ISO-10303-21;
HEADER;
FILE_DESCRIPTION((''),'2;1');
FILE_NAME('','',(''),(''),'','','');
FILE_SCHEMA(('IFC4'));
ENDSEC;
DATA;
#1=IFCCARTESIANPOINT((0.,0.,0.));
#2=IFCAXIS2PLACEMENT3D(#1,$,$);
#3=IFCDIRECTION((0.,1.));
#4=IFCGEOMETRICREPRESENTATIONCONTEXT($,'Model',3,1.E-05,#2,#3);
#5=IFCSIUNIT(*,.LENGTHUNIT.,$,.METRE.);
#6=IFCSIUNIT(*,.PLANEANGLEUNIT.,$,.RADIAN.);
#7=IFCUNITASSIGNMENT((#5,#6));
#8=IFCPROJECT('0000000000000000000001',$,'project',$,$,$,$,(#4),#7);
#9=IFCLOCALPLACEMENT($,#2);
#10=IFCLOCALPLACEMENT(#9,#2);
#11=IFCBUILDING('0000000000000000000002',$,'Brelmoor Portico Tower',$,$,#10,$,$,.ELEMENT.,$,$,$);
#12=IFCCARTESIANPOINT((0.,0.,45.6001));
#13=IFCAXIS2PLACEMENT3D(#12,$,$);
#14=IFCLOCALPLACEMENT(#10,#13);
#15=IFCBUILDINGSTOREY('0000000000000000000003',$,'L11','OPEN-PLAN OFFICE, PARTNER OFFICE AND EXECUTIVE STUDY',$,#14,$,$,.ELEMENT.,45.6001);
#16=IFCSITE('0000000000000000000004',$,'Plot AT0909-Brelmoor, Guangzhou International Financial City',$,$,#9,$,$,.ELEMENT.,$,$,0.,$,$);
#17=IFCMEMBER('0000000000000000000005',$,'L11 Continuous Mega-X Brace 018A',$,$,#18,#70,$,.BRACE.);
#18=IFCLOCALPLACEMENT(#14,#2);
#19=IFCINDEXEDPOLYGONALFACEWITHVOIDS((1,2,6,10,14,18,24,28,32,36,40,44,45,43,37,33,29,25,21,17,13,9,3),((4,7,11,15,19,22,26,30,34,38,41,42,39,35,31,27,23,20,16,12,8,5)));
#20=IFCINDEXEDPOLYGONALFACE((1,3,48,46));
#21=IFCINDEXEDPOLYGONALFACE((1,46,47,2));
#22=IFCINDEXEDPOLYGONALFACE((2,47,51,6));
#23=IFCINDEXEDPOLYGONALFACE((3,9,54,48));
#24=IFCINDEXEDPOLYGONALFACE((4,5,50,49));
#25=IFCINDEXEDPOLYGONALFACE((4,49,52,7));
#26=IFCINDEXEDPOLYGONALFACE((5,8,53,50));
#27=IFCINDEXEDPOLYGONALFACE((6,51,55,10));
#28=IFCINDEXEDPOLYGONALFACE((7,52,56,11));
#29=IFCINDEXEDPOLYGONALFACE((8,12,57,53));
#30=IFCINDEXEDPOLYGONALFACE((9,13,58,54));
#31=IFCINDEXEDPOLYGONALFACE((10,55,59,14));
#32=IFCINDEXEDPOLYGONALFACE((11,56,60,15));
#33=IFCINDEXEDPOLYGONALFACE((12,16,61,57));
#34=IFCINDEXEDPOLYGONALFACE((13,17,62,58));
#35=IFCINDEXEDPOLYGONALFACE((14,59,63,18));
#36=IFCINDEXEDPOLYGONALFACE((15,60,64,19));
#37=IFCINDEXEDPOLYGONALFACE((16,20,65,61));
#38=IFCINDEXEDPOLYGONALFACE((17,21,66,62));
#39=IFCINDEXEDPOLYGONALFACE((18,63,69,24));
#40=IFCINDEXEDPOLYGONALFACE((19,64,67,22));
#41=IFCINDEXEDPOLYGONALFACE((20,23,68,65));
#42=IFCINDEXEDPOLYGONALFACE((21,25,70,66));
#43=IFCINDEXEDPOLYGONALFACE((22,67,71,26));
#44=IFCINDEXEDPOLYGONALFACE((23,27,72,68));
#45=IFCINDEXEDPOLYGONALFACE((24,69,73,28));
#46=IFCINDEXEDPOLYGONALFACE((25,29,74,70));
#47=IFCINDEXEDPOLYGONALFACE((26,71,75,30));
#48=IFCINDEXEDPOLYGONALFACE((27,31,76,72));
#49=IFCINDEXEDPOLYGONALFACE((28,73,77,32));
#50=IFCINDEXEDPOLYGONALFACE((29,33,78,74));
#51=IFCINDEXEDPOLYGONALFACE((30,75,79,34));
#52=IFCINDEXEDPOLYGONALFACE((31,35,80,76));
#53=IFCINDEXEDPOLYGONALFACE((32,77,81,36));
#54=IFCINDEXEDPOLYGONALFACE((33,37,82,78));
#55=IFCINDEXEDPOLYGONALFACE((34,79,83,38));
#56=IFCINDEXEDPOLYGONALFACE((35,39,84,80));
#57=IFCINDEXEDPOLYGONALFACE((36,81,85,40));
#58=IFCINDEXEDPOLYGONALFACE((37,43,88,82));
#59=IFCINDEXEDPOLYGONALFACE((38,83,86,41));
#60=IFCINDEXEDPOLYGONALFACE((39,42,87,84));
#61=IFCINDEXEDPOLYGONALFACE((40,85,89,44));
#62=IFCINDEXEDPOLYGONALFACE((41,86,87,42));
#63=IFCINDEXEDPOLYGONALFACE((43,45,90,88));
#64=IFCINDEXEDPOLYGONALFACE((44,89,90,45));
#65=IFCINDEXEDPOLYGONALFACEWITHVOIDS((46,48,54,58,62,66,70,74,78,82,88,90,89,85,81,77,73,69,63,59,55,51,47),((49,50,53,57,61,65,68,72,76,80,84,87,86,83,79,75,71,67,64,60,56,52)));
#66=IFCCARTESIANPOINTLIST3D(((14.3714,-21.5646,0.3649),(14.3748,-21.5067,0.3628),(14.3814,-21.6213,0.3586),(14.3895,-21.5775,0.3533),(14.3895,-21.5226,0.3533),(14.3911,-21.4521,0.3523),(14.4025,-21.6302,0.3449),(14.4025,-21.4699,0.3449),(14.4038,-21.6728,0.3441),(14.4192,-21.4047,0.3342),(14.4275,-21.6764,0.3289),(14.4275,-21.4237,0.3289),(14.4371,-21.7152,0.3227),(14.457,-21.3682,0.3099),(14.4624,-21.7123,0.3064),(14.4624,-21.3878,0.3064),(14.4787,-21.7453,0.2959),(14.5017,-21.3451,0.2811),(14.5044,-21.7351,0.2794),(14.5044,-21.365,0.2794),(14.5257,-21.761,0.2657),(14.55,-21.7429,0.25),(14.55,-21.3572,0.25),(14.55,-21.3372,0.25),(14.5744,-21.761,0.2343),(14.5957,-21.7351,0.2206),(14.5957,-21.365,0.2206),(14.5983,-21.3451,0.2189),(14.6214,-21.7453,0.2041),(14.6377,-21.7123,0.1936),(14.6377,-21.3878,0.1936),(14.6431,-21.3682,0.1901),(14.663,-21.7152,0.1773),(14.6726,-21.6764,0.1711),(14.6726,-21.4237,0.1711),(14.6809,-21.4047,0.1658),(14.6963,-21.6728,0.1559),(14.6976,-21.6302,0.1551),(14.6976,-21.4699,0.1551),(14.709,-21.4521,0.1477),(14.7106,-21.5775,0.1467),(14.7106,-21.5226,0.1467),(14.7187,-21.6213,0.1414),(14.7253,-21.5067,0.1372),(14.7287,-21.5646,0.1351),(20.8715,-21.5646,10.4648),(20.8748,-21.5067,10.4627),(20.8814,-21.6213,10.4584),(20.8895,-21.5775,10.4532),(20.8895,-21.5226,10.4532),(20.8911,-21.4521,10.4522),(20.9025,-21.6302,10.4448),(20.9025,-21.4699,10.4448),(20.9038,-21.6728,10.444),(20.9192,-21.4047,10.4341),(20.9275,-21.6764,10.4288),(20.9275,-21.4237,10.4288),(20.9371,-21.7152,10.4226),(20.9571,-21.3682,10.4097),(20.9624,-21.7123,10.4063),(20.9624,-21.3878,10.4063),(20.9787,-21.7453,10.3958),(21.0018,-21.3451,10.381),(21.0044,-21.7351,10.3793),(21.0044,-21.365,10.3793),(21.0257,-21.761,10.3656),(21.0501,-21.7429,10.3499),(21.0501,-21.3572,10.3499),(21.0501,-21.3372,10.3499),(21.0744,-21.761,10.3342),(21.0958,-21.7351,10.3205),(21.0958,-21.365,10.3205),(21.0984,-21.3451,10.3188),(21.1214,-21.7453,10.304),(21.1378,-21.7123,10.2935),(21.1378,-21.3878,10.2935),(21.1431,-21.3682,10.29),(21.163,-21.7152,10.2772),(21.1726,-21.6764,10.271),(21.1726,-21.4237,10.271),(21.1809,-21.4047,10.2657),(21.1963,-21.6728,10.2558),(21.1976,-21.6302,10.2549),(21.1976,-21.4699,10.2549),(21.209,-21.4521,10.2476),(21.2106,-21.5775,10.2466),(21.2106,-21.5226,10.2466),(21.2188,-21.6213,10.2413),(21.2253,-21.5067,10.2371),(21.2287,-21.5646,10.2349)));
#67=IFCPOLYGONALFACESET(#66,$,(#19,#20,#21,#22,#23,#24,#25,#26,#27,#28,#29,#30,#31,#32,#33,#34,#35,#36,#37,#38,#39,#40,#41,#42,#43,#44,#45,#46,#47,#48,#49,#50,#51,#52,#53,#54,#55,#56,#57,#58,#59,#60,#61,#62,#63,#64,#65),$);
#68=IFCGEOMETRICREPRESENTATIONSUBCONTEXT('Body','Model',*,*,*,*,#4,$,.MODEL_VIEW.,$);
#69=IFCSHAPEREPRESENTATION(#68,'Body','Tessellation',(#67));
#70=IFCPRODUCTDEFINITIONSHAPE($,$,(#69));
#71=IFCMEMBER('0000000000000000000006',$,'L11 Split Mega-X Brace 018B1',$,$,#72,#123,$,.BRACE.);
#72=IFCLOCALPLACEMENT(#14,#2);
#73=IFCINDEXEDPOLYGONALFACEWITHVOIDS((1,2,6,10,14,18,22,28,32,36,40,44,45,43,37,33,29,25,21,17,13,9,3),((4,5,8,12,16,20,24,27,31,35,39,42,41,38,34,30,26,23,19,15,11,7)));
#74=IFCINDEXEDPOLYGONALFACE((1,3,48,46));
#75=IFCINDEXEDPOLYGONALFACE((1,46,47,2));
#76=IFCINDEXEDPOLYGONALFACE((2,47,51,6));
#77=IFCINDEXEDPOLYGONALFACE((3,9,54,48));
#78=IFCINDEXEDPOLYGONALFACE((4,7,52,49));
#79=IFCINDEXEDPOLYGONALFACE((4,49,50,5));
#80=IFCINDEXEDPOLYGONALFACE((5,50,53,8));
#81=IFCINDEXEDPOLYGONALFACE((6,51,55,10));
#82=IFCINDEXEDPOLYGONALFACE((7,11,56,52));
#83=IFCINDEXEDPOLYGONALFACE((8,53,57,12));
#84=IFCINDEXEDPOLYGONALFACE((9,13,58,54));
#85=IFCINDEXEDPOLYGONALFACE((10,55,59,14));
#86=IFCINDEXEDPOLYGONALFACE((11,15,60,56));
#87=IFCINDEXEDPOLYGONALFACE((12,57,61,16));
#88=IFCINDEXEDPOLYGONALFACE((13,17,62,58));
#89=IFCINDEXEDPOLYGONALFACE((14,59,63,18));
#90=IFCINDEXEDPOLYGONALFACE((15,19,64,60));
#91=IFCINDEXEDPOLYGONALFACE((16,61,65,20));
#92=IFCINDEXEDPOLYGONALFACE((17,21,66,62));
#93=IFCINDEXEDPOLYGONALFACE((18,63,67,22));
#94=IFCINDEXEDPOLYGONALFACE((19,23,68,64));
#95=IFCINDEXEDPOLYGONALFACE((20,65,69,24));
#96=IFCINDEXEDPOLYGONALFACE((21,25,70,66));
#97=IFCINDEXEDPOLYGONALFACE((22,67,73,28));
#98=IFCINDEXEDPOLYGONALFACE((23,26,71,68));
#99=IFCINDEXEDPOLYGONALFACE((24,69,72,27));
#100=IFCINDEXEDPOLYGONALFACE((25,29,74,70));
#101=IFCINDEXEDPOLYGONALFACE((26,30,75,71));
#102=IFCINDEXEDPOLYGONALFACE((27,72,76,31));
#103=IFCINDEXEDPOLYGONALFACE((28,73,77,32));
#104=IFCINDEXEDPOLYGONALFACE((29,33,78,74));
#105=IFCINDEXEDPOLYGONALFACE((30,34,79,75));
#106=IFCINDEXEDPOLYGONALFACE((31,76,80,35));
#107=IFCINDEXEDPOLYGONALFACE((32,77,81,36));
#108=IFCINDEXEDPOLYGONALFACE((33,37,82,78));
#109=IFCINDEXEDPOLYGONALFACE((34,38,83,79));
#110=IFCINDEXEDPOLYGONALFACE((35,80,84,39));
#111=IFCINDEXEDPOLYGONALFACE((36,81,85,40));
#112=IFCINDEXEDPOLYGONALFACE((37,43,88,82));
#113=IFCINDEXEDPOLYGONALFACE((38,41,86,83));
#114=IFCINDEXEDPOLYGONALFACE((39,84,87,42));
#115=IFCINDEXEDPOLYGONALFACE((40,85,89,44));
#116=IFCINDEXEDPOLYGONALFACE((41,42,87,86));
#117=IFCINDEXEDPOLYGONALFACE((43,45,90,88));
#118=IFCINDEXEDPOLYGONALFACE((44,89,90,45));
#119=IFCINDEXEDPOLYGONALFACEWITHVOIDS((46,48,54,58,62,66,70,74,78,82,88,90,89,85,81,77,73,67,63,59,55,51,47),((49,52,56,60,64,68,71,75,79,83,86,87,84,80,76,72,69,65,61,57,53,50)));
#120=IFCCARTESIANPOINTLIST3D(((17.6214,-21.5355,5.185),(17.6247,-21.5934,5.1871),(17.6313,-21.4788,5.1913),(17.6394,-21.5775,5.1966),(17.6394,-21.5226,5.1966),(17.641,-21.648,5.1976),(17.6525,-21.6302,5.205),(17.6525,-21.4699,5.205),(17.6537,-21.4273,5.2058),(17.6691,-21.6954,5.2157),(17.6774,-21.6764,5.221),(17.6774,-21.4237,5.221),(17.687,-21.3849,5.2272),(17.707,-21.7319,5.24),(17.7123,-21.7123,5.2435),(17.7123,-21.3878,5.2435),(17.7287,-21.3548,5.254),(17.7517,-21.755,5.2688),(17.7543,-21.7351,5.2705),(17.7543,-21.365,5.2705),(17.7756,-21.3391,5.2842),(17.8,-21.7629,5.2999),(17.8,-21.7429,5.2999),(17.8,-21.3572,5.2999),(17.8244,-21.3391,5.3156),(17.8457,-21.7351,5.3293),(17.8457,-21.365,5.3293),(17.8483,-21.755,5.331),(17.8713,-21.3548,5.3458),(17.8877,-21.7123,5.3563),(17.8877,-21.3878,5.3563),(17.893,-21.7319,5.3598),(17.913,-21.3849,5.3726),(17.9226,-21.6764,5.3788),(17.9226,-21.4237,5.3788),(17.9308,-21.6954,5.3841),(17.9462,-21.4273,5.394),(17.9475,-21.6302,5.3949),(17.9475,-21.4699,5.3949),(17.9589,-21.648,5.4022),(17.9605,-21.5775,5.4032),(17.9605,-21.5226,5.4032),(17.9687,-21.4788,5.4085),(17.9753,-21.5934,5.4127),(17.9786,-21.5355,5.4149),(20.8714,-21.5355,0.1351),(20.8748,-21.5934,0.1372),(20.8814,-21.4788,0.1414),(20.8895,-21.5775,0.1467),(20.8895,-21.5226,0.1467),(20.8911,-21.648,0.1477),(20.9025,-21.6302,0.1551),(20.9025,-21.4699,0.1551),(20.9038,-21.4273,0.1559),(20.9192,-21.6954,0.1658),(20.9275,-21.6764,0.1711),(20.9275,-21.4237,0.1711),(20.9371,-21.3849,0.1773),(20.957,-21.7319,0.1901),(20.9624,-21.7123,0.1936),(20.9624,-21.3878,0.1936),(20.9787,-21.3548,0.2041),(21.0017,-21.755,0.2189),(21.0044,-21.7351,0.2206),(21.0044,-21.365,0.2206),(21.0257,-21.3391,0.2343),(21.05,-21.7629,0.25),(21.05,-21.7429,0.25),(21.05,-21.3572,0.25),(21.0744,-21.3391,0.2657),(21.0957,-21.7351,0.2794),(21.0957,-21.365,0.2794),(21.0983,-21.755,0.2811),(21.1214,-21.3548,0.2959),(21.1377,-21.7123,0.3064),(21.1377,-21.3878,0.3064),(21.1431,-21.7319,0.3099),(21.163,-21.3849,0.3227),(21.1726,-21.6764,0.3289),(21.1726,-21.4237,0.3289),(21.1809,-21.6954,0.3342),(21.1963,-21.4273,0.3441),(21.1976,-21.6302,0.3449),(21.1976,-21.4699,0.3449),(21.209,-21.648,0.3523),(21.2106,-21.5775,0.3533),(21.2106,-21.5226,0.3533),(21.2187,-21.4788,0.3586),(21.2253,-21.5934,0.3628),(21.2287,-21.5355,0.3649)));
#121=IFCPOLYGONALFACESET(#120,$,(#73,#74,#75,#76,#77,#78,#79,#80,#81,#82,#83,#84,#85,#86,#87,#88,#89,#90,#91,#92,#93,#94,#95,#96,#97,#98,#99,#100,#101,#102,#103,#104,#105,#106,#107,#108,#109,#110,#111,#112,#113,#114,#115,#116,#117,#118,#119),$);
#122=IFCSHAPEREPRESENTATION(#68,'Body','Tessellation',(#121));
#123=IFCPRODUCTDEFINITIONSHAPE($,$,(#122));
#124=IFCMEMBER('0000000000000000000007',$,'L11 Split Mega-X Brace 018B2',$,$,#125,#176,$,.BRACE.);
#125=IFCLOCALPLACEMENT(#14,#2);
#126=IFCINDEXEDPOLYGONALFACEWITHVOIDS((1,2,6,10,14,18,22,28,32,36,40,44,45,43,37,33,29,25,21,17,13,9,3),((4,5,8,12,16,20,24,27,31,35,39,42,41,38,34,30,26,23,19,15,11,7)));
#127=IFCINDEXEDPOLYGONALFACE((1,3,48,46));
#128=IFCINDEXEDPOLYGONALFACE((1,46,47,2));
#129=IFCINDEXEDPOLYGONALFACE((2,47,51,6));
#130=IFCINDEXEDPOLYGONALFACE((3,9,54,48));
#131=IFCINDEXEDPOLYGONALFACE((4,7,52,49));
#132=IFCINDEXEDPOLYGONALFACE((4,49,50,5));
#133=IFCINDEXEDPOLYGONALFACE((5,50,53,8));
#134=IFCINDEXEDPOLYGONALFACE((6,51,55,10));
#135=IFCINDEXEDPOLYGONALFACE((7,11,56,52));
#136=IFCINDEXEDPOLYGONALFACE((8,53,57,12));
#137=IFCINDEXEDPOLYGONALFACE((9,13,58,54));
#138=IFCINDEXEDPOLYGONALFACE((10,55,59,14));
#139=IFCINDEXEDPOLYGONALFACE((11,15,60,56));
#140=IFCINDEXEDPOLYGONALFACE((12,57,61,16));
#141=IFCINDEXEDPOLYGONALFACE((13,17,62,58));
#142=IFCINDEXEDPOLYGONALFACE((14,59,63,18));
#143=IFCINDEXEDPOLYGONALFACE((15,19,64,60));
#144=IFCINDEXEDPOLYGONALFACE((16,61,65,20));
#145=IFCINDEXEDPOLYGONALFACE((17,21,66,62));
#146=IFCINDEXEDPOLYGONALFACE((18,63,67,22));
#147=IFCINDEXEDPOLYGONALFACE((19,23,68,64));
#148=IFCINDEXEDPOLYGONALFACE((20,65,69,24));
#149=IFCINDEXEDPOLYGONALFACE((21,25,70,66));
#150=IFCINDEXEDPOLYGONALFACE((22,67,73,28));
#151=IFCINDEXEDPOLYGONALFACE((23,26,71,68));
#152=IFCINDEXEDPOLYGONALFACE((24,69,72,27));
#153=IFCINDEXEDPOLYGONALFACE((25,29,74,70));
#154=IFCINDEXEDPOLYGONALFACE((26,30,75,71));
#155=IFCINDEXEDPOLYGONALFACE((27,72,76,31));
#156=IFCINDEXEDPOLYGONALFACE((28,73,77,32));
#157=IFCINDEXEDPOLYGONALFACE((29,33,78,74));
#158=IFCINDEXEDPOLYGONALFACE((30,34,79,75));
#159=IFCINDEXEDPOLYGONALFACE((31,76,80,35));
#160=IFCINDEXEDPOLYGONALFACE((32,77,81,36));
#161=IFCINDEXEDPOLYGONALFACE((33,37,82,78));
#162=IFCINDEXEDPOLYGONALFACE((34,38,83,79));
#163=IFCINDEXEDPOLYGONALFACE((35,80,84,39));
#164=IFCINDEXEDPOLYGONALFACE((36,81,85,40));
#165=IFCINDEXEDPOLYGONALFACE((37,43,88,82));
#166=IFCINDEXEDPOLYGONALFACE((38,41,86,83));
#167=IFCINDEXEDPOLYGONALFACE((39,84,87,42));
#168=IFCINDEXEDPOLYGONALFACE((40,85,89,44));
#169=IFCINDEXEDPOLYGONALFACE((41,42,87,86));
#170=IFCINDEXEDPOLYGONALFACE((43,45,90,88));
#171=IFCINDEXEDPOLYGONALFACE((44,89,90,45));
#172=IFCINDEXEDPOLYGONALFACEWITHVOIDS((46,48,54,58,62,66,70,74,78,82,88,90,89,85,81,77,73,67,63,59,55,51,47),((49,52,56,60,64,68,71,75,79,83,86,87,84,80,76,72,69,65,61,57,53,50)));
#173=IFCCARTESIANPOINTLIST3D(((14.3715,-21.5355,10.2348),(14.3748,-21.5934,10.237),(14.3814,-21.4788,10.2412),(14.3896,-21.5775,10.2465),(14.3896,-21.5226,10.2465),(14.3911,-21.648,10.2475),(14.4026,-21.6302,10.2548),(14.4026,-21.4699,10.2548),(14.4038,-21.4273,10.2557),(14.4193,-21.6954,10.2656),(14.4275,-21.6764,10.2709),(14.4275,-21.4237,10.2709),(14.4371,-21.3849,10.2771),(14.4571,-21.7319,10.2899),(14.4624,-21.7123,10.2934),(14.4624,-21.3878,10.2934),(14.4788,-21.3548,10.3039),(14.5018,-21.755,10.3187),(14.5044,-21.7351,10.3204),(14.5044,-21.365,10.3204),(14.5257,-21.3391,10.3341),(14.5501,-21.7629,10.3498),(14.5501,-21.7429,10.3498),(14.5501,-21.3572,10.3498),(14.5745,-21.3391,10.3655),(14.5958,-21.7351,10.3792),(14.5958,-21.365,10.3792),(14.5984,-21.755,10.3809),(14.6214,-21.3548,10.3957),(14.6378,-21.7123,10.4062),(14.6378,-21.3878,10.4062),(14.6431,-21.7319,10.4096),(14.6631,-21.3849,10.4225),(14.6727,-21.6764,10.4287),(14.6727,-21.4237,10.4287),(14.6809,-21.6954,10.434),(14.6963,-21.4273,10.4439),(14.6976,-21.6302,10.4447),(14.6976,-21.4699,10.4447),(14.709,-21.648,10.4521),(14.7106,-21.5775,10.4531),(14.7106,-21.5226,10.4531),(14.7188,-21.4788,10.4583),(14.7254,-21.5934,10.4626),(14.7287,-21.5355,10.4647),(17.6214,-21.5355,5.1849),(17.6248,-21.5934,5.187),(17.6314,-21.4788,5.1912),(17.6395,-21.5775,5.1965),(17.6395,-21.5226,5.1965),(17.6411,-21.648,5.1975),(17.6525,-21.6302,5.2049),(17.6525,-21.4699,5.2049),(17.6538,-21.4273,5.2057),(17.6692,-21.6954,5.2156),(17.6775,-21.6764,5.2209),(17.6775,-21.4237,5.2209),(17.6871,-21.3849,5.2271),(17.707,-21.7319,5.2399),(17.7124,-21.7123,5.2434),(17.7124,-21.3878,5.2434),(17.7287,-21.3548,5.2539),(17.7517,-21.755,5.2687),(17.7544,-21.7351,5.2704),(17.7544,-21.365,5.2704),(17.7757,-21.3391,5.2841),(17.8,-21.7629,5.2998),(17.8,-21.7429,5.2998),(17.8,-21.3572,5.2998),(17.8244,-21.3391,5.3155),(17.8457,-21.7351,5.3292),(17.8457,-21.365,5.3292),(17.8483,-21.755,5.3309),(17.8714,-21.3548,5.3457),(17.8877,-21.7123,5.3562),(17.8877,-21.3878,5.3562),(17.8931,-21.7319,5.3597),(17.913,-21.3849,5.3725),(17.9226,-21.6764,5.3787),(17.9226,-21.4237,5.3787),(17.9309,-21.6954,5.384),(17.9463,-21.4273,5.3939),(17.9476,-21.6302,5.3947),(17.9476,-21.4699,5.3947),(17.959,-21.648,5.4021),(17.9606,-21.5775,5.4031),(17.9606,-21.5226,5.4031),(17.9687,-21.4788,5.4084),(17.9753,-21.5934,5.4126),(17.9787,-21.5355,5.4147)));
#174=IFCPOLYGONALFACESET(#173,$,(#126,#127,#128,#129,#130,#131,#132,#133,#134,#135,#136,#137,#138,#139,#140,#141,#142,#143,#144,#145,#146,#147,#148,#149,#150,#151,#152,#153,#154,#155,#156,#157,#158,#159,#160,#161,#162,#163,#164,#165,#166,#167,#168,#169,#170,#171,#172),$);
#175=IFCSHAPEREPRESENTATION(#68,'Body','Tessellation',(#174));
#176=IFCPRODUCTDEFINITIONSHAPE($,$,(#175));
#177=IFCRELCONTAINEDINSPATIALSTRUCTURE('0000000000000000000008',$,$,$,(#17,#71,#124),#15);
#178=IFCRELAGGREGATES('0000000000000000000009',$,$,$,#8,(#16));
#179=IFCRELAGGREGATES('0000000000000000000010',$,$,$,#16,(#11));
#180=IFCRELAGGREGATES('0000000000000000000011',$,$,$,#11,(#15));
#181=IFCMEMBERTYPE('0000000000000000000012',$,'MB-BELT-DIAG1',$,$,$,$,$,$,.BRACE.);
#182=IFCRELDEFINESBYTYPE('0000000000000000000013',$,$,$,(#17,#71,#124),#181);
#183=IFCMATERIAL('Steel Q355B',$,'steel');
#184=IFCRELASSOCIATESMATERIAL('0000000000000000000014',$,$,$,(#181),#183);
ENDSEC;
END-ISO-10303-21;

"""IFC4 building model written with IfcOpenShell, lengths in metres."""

from ifc_helpers import new_model, si_unit, direction, frame, origin, origin_2d, place, context, subcontext, project, spatial, hollow_circle, extrude, material, material_profile, profile_set, type_object, element, save


model = new_model("IFC4")

# Units and contexts
model_context = context("Model", 3, precision=1e-05, world=origin(), true_north=direction((0.0, 1.0)))
body_context = subcontext(model_context, "Body", "Model", "MODEL_VIEW")
ifc_project = project(units=[si_unit("LENGTHUNIT", "METRE"), si_unit("PLANEANGLEUNIT", "RADIAN")], contexts=[model_context])

# Site, building, storey
site_placement = place(None, origin())
site = spatial("IfcSite", under=ifc_project, at=site_placement, Name="Plot AT0909-Brelmoor, Guangzhou International Financial City", CompositionType="ELEMENT", RefElevation=0.0)
building_placement = place(site_placement, origin())
building = spatial("IfcBuilding", under=site, at=building_placement, Name="Brelmoor Portico Tower", CompositionType="ELEMENT")
storey_placement = place(building_placement, frame((0.0, 0.0, 45.6001)))
storey = spatial("IfcBuildingStorey", under=building, at=storey_placement, Name="L11", Description="OPEN-PLAN OFFICE, PARTNER OFFICE AND EXECUTIVE STUDY", CompositionType="ELEMENT", Elevation=45.6001)

# Shared definitions
ifc_material_1 = material(Name="Steel Q355B", Category="steel")

# Members
ifc_material_profile_1 = material_profile(ifc_material_1, hollow_circle(Radius=0.2129, WallThickness=0.02, at=origin_2d()), Name="CHS 426x20")
ifc_profile_set_1 = profile_set([ifc_material_profile_1], Name="Steel Q355B")
member_type_1 = type_object("IfcMemberType", Name="MB-BELT-DIAG1", PredefinedType="BRACE", material=ifc_profile_set_1)
member_1_placement = place(storey_placement, frame((14.55, -21.55, 0.25), z_axis=(0.541184, 0.0, 0.840904), x_axis=(0.0, 1.0, 0.0)))
element("IfcMember", 1, at=member_1_placement, inside=storey, type_object=member_type_1, Name="L11 Continuous Mega-X Brace 018A", PredefinedType="BRACE", context=body_context, shape_type="SweptSolid", body=[
    extrude(hollow_circle(Radius=0.2129, WallThickness=0.02, at=origin_2d()), origin(), (0.0, 0.0, 1.0), 12.0107),
])
for number, where, z_axis, x_axis, name in (
    (2, (21.05, -21.55, 0.25), (-0.541193, 0.0, 0.840898), (0.0, -1.0, 0.0), "L11 Split Mega-X Brace 018B1"),
    (3, (17.8, -21.55, 5.2998), (-0.541175, 0.0, 0.84091), (0.0, -1.0, 0.0), "L11 Split Mega-X Brace 018B2"),
):
    element("IfcMember", number, at=place(storey_placement, frame(where, z_axis=z_axis, x_axis=x_axis)), inside=storey, type_object=member_type_1, Name=name, PredefinedType="BRACE", context=body_context, shape_type="SweptSolid", body=[
        extrude(hollow_circle(Radius=0.2129, WallThickness=0.02, at=origin_2d()), origin(), (0.0, 0.0, 1.0), 6.0054),
    ])

save(model, "model.ifc")
